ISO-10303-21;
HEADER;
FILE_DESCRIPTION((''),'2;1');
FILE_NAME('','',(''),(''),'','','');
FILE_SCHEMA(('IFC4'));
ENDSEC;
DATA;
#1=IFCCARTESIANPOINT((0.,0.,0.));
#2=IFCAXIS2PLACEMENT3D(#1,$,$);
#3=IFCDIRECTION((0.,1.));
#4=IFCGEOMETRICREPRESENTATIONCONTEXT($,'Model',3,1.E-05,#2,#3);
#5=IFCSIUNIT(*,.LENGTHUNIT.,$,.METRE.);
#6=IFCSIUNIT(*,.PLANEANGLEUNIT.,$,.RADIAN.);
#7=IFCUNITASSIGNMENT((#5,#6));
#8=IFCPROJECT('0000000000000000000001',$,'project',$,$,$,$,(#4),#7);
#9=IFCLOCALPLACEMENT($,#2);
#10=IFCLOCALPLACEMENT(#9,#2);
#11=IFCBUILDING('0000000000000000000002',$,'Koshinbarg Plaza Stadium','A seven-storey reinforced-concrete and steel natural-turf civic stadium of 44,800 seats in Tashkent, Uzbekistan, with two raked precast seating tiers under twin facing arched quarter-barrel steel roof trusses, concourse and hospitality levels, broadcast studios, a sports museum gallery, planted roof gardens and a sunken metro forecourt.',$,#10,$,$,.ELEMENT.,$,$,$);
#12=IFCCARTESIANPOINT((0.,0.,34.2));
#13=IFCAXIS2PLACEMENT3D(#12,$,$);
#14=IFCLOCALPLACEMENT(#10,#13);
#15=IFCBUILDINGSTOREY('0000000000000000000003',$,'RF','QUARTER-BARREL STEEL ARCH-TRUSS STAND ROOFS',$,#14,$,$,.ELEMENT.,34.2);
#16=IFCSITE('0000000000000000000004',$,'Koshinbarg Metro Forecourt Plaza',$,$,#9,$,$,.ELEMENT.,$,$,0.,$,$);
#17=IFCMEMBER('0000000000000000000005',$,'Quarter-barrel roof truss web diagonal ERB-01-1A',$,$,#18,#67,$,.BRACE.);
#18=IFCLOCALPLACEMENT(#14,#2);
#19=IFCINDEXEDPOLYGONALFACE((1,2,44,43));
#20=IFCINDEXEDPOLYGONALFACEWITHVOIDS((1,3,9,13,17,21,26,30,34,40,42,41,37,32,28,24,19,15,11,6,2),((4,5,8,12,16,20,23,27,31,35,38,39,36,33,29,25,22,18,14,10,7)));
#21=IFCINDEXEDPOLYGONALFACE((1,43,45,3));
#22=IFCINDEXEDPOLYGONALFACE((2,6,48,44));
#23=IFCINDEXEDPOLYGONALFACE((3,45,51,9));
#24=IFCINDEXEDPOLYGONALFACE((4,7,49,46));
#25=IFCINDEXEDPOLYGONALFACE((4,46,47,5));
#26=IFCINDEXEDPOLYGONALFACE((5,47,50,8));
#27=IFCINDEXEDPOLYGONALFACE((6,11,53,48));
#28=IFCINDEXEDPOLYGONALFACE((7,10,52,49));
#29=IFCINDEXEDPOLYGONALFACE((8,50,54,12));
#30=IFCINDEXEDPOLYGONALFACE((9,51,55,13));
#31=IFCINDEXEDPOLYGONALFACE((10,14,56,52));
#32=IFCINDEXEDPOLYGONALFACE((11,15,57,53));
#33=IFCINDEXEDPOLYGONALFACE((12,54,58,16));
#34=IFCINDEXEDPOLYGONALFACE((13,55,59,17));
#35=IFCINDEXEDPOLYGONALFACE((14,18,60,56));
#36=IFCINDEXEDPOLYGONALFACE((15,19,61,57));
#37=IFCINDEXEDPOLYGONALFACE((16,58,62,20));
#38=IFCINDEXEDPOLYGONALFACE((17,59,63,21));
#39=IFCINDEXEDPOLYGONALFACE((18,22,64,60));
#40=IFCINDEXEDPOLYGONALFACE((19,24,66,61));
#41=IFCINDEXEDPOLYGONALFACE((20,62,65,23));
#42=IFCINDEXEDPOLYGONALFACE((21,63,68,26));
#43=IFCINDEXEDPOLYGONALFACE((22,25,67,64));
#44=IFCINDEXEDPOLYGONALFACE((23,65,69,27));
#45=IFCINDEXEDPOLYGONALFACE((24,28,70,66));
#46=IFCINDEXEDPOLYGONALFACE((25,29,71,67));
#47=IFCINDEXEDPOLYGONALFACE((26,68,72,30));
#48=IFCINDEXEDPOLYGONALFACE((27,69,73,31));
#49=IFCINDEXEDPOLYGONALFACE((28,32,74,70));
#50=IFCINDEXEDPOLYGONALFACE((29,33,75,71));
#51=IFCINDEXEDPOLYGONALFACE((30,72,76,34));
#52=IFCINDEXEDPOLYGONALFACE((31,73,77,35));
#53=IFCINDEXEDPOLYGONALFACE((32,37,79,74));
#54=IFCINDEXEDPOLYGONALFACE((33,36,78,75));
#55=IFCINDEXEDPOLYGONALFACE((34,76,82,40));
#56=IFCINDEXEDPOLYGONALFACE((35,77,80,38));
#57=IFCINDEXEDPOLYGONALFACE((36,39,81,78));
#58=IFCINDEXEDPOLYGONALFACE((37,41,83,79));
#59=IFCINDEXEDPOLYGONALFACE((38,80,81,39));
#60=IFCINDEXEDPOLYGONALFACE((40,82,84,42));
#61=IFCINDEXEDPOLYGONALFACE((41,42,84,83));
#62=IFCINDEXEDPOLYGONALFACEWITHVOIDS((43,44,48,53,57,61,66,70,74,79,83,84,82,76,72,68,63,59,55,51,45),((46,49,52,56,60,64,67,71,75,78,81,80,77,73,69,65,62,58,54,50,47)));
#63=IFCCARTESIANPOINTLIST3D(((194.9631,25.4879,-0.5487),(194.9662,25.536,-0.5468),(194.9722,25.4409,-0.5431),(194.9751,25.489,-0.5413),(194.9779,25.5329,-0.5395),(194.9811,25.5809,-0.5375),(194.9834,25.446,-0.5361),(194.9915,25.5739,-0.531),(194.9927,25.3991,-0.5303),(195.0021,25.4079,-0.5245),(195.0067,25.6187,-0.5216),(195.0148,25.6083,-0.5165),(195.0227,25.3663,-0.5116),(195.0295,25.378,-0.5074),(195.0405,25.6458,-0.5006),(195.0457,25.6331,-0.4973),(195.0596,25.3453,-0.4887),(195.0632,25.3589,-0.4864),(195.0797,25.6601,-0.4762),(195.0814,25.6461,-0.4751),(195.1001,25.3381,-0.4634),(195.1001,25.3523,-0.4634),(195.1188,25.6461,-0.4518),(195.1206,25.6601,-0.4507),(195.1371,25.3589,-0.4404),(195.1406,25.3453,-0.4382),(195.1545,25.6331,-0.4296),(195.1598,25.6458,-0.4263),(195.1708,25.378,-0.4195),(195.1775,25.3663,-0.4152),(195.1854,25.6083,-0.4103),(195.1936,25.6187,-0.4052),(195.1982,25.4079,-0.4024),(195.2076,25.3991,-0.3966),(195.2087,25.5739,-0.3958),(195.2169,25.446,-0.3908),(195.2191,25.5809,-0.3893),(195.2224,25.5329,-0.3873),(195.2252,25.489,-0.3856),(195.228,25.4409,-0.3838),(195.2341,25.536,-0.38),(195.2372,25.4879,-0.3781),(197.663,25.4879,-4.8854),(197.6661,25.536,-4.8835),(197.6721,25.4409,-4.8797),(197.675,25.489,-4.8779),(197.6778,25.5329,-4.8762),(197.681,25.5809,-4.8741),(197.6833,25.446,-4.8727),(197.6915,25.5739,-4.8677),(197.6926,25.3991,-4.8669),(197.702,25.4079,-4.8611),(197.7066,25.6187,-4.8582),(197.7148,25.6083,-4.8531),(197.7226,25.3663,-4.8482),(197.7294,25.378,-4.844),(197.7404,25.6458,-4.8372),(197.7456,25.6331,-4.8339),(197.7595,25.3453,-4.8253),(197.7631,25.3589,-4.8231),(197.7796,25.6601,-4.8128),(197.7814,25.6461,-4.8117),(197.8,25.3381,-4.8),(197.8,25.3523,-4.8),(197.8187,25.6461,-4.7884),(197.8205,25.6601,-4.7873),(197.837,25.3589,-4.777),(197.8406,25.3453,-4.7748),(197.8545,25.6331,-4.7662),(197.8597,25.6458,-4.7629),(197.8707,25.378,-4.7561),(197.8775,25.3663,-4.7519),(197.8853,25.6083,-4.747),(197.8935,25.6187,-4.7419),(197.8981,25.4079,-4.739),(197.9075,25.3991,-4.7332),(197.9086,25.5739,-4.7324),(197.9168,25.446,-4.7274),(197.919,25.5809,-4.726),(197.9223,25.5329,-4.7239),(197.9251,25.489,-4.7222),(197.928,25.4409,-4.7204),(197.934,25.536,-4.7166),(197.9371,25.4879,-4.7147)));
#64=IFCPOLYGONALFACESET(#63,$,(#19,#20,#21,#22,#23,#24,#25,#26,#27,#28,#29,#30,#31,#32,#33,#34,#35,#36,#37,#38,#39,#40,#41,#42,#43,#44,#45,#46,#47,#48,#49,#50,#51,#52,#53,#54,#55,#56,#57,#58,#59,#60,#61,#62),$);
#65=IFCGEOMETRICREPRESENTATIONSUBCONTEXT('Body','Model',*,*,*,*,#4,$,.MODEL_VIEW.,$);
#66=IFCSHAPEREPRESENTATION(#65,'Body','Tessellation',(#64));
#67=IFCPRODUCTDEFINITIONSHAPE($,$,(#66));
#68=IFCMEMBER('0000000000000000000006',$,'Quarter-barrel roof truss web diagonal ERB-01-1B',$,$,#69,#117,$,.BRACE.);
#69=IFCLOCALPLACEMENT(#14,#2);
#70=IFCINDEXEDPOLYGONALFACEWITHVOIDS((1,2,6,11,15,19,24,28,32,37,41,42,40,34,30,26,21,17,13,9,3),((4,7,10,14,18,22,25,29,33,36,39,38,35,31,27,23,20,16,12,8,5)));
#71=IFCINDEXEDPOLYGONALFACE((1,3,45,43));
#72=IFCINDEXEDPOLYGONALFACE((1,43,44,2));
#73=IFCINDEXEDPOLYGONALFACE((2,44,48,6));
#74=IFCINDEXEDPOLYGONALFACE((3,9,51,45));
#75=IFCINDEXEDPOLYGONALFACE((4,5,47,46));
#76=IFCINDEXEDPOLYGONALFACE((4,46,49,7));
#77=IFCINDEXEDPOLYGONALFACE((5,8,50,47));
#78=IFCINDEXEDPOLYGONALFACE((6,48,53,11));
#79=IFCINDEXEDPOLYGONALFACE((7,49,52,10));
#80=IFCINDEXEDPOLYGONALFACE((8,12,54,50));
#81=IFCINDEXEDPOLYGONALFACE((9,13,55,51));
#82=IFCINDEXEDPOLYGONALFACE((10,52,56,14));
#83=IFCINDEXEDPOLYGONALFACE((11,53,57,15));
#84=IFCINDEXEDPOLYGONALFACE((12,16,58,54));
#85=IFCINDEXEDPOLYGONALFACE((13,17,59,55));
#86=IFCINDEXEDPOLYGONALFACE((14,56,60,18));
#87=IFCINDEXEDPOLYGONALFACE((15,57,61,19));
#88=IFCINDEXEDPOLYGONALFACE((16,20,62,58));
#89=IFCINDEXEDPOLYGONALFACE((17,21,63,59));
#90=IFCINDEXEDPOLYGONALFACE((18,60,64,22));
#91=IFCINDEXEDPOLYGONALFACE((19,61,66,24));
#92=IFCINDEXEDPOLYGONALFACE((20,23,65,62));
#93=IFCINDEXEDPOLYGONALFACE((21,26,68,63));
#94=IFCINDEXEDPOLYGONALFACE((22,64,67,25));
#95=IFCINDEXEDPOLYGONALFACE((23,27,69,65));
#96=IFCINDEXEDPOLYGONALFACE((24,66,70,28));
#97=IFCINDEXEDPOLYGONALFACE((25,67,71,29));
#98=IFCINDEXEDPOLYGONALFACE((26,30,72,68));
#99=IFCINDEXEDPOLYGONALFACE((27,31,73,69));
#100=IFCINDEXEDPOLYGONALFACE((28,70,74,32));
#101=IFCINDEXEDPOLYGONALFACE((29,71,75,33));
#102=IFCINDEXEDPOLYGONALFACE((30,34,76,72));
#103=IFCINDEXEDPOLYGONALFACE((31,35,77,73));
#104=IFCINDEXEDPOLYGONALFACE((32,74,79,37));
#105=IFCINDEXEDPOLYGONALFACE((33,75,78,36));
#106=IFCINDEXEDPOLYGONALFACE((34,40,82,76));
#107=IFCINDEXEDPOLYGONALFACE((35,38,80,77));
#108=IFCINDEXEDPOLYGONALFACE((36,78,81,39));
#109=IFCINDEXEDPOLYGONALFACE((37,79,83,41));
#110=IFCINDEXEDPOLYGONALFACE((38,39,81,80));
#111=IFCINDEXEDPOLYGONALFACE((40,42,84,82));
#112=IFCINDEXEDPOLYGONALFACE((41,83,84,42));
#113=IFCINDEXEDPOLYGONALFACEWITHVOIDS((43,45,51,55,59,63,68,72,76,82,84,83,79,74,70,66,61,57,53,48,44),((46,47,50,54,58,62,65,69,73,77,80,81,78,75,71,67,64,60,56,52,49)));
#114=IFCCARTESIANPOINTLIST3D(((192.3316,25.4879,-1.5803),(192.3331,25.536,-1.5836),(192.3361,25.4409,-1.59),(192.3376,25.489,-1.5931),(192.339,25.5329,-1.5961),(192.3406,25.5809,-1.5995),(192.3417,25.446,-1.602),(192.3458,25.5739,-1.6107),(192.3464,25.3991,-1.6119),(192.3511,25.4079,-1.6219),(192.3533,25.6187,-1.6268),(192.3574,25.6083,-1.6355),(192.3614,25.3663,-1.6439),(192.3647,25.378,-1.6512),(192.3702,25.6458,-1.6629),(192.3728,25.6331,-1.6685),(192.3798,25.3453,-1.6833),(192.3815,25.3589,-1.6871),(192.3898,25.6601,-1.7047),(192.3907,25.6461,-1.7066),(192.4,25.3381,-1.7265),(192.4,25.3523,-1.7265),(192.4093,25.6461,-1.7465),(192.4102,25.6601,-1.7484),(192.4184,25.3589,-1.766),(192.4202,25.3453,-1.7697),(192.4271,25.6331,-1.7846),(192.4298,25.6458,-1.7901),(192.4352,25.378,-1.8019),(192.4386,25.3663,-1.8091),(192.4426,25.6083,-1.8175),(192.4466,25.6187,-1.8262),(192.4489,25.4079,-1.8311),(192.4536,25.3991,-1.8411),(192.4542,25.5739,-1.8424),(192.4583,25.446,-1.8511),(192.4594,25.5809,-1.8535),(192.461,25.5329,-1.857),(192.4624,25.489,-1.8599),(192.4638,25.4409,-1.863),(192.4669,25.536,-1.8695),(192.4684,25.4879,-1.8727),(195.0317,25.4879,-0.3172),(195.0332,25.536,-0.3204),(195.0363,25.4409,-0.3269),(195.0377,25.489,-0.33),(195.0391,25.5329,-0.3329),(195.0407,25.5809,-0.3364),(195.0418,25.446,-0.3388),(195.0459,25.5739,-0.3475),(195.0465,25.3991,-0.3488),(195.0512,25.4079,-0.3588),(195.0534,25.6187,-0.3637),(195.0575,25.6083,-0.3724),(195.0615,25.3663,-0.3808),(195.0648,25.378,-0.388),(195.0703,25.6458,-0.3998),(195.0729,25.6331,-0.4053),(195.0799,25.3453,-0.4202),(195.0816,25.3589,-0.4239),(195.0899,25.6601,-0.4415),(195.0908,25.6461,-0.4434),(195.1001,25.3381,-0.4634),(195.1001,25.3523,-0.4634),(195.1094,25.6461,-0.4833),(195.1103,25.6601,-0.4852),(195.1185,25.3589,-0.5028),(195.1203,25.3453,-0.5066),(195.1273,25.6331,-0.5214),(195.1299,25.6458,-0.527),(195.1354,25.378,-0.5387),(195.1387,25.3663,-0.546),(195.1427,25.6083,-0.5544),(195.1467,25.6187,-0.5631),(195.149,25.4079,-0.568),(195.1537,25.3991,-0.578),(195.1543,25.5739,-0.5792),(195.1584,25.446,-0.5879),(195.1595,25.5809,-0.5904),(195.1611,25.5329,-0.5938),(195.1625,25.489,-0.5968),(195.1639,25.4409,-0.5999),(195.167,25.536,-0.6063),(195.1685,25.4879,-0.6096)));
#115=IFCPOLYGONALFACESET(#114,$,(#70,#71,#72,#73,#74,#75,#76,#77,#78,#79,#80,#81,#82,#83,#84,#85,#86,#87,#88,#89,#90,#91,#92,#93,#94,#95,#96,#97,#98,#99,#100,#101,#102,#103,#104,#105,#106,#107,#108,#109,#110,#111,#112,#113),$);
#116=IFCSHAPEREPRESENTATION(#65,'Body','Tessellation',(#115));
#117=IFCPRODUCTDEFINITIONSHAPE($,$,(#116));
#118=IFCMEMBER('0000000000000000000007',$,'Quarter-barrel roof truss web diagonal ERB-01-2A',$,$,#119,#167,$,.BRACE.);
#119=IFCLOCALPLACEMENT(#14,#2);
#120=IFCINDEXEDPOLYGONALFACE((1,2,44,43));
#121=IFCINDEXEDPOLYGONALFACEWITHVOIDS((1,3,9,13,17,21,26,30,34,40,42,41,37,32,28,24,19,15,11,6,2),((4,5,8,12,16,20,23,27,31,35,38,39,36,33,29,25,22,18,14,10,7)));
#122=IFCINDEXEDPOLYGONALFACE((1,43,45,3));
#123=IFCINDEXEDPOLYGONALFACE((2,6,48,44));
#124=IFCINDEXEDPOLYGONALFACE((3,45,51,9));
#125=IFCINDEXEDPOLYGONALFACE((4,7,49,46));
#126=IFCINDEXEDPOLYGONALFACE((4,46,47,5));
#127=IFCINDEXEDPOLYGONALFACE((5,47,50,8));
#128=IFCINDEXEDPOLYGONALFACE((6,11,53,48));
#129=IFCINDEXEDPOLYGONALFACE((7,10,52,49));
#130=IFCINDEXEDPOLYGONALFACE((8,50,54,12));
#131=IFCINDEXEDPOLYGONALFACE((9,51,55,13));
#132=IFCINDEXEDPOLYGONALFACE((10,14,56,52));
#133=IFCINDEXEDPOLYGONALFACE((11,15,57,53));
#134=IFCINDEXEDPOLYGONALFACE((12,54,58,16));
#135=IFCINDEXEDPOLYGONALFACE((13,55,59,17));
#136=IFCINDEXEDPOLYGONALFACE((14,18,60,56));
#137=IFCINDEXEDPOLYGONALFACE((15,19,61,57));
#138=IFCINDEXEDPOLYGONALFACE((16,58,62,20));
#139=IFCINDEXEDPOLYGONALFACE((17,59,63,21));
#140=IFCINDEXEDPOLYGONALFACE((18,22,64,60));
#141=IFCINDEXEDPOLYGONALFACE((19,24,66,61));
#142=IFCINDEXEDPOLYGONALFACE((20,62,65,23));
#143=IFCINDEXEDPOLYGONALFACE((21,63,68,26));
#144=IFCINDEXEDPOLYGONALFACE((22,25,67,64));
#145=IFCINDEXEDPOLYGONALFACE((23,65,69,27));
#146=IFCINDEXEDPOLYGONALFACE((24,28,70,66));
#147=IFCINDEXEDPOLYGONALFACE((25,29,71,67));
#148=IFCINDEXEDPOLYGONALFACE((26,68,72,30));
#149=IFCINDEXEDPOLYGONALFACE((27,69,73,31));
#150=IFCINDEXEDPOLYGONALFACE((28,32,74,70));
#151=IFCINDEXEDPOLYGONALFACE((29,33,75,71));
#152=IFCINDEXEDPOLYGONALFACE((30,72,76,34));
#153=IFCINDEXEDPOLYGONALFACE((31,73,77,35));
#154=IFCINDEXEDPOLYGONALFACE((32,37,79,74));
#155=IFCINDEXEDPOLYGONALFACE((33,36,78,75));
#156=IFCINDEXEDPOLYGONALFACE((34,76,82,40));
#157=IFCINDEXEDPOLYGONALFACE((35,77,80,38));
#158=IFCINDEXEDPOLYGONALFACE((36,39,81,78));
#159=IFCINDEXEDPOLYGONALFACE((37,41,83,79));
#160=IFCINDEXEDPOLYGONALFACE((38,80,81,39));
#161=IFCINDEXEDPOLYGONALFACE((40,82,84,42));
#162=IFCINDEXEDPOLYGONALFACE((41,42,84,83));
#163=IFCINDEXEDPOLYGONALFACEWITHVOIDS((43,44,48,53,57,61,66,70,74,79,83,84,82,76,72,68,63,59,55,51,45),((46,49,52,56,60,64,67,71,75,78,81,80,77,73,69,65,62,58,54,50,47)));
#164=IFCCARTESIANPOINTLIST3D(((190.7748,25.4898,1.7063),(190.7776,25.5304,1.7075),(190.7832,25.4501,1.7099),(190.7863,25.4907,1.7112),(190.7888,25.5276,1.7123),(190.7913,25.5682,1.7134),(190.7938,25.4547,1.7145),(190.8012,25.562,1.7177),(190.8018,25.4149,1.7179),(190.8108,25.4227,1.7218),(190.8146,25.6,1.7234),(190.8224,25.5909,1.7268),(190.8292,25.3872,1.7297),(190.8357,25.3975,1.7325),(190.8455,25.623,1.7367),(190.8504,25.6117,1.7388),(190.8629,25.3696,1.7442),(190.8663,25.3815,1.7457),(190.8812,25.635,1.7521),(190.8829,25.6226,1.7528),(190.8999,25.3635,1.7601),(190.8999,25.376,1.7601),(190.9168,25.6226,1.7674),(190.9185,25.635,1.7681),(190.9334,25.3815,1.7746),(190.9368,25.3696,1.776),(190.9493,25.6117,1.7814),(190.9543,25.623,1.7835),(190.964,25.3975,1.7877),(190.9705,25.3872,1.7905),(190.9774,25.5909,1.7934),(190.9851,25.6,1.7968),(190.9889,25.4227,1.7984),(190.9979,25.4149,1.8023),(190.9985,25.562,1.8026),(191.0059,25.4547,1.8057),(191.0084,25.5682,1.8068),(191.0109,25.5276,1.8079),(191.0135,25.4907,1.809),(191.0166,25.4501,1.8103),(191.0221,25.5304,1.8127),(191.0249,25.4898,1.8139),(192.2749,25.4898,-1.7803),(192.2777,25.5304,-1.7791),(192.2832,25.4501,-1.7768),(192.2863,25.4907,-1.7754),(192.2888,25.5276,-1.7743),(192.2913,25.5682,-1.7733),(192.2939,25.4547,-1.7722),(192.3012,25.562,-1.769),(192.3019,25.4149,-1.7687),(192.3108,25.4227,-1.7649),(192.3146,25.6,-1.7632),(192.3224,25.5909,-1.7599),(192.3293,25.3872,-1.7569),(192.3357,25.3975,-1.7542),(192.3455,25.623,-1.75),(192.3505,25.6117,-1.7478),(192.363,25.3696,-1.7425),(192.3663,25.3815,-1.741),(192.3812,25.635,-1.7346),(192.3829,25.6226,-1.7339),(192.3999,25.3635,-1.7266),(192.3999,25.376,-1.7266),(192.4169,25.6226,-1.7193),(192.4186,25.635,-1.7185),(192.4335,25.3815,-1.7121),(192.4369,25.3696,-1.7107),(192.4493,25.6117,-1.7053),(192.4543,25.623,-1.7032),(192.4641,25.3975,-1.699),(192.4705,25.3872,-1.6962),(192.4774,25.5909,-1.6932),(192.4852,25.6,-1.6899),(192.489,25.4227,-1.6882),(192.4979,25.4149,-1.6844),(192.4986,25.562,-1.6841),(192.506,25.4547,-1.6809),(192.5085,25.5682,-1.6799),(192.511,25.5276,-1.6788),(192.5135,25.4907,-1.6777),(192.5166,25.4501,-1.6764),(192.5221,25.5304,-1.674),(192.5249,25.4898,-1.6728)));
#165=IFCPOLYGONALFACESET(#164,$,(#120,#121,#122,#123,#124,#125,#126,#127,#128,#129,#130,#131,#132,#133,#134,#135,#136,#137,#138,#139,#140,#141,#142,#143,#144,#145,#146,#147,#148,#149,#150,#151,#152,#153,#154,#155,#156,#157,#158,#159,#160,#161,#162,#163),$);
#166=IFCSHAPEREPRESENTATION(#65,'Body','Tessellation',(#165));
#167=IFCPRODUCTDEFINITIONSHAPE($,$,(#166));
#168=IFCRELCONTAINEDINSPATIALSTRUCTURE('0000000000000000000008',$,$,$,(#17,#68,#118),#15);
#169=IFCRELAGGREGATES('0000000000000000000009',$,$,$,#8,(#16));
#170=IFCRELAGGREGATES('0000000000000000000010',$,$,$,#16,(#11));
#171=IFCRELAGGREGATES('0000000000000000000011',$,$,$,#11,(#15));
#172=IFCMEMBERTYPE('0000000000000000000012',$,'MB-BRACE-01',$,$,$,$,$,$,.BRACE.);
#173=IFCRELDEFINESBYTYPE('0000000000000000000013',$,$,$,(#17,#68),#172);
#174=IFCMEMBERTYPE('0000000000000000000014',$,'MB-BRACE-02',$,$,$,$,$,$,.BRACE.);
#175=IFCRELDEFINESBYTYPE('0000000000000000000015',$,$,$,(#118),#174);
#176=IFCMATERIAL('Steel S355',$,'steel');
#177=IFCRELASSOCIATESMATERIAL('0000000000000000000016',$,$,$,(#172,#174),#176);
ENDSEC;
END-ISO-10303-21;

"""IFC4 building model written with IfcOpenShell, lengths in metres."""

from ifc_helpers import new_model, si_unit, direction, frame, origin, origin_2d, place, context, subcontext, project, spatial, hollow_circle, extrude, material, material_profile, profile_set, type_object, element, save


model = new_model("IFC4")

# Units and contexts
model_context = context("Model", 3, precision=1e-05, world=origin(), true_north=direction((0.0, 1.0)))
body_context = subcontext(model_context, "Body", "Model", "MODEL_VIEW")
ifc_project = project(units=[si_unit("LENGTHUNIT", "METRE"), si_unit("PLANEANGLEUNIT", "RADIAN")], contexts=[model_context])

# Site, building, storey
site_placement = place(None, origin())
site = spatial("IfcSite", under=ifc_project, at=site_placement, Name="Koshinbarg Metro Forecourt Plaza", CompositionType="ELEMENT", RefElevation=0.0)
building_placement = place(site_placement, origin())
building = spatial("IfcBuilding", under=site, at=building_placement, Name="Koshinbarg Plaza Stadium", Description="A seven-storey reinforced-concrete and steel natural-turf civic stadium of 44,800 seats in Tashkent, Uzbekistan, with two raked precast seating tiers under twin facing arched quarter-barrel steel roof trusses, concourse and hospitality levels, broadcast studios, a sports museum gallery, planted roof gardens and a sunken metro forecourt.", CompositionType="ELEMENT")
storey_placement = place(building_placement, frame((0.0, 0.0, 34.2)))
storey = spatial("IfcBuildingStorey", under=building, at=storey_placement, Name="RF", Description="QUARTER-BARREL STEEL ARCH-TRUSS STAND ROOFS", CompositionType="ELEMENT", Elevation=34.2)

# Members
ifc_material_1 = material(Name="Steel S355", Category="steel")
ifc_material_profile_1 = material_profile(ifc_material_1, hollow_circle(Radius=0.1619, WallThickness=0.0142, at=origin_2d()), Name="CHS 323.9x14.2")
ifc_profile_set_1 = profile_set([ifc_material_profile_1], Name="Steel S355")
member_type_1 = type_object("IfcMemberType", Name="MB-BRACE-01", PredefinedType="BRACE", material=ifc_profile_set_1)
member_1_placement = place(storey_placement, frame((197.8, 25.5, -4.8), z_axis=(-0.528525, 0.0, 0.848918), x_axis=(0.0, -1.0, 0.0)))
element("IfcMember", 1, at=member_1_placement, inside=storey, type_object=member_type_1, Name="Quarter-barrel roof truss web diagonal ERB-01-1A", PredefinedType="BRACE", context=body_context, shape_type="SweptSolid", body=[
    extrude(hollow_circle(Radius=0.1619, WallThickness=0.0142, at=origin_2d()), origin(), (0.0, 0.0, 1.0), 5.1084),
])
member_2_placement = place(storey_placement, frame((195.1001, 25.5, -0.4634), z_axis=(-0.905785, 0.0, -0.423737), x_axis=(0.0, -1.0, 0.0)))
element("IfcMember", 2, at=member_2_placement, inside=storey, type_object=member_type_1, Name="Quarter-barrel roof truss web diagonal ERB-01-1B", PredefinedType="BRACE", context=body_context, shape_type="SweptSolid", body=[
    extrude(hollow_circle(Radius=0.1619, WallThickness=0.0142, at=origin_2d()), origin(), (0.0, 0.0, 1.0), 2.981),
])
ifc_material_profile_2 = material_profile(ifc_material_1, hollow_circle(Radius=0.1365, WallThickness=0.0125, at=origin_2d()), Name="CHS 273x12.5")
ifc_profile_set_2 = profile_set([ifc_material_profile_2], Name="Steel S355")
member_type_2 = type_object("IfcMemberType", Name="MB-BRACE-02", PredefinedType="BRACE", material=ifc_profile_set_2)
member_3_placement = place(storey_placement, frame((192.3999, 25.5, -1.7266), z_axis=(-0.3952, 0.0, 0.918595), x_axis=(0.0, -1.0, 0.0)))
element("IfcMember", 3, at=member_3_placement, inside=storey, type_object=member_type_2, Name="Quarter-barrel roof truss web diagonal ERB-01-2A", PredefinedType="BRACE", context=body_context, shape_type="SweptSolid", body=[
    extrude(hollow_circle(Radius=0.1365, WallThickness=0.0125, at=origin_2d()), origin(), (0.0, 0.0, 1.0), 3.7957),
])

save(model, "model.ifc")
